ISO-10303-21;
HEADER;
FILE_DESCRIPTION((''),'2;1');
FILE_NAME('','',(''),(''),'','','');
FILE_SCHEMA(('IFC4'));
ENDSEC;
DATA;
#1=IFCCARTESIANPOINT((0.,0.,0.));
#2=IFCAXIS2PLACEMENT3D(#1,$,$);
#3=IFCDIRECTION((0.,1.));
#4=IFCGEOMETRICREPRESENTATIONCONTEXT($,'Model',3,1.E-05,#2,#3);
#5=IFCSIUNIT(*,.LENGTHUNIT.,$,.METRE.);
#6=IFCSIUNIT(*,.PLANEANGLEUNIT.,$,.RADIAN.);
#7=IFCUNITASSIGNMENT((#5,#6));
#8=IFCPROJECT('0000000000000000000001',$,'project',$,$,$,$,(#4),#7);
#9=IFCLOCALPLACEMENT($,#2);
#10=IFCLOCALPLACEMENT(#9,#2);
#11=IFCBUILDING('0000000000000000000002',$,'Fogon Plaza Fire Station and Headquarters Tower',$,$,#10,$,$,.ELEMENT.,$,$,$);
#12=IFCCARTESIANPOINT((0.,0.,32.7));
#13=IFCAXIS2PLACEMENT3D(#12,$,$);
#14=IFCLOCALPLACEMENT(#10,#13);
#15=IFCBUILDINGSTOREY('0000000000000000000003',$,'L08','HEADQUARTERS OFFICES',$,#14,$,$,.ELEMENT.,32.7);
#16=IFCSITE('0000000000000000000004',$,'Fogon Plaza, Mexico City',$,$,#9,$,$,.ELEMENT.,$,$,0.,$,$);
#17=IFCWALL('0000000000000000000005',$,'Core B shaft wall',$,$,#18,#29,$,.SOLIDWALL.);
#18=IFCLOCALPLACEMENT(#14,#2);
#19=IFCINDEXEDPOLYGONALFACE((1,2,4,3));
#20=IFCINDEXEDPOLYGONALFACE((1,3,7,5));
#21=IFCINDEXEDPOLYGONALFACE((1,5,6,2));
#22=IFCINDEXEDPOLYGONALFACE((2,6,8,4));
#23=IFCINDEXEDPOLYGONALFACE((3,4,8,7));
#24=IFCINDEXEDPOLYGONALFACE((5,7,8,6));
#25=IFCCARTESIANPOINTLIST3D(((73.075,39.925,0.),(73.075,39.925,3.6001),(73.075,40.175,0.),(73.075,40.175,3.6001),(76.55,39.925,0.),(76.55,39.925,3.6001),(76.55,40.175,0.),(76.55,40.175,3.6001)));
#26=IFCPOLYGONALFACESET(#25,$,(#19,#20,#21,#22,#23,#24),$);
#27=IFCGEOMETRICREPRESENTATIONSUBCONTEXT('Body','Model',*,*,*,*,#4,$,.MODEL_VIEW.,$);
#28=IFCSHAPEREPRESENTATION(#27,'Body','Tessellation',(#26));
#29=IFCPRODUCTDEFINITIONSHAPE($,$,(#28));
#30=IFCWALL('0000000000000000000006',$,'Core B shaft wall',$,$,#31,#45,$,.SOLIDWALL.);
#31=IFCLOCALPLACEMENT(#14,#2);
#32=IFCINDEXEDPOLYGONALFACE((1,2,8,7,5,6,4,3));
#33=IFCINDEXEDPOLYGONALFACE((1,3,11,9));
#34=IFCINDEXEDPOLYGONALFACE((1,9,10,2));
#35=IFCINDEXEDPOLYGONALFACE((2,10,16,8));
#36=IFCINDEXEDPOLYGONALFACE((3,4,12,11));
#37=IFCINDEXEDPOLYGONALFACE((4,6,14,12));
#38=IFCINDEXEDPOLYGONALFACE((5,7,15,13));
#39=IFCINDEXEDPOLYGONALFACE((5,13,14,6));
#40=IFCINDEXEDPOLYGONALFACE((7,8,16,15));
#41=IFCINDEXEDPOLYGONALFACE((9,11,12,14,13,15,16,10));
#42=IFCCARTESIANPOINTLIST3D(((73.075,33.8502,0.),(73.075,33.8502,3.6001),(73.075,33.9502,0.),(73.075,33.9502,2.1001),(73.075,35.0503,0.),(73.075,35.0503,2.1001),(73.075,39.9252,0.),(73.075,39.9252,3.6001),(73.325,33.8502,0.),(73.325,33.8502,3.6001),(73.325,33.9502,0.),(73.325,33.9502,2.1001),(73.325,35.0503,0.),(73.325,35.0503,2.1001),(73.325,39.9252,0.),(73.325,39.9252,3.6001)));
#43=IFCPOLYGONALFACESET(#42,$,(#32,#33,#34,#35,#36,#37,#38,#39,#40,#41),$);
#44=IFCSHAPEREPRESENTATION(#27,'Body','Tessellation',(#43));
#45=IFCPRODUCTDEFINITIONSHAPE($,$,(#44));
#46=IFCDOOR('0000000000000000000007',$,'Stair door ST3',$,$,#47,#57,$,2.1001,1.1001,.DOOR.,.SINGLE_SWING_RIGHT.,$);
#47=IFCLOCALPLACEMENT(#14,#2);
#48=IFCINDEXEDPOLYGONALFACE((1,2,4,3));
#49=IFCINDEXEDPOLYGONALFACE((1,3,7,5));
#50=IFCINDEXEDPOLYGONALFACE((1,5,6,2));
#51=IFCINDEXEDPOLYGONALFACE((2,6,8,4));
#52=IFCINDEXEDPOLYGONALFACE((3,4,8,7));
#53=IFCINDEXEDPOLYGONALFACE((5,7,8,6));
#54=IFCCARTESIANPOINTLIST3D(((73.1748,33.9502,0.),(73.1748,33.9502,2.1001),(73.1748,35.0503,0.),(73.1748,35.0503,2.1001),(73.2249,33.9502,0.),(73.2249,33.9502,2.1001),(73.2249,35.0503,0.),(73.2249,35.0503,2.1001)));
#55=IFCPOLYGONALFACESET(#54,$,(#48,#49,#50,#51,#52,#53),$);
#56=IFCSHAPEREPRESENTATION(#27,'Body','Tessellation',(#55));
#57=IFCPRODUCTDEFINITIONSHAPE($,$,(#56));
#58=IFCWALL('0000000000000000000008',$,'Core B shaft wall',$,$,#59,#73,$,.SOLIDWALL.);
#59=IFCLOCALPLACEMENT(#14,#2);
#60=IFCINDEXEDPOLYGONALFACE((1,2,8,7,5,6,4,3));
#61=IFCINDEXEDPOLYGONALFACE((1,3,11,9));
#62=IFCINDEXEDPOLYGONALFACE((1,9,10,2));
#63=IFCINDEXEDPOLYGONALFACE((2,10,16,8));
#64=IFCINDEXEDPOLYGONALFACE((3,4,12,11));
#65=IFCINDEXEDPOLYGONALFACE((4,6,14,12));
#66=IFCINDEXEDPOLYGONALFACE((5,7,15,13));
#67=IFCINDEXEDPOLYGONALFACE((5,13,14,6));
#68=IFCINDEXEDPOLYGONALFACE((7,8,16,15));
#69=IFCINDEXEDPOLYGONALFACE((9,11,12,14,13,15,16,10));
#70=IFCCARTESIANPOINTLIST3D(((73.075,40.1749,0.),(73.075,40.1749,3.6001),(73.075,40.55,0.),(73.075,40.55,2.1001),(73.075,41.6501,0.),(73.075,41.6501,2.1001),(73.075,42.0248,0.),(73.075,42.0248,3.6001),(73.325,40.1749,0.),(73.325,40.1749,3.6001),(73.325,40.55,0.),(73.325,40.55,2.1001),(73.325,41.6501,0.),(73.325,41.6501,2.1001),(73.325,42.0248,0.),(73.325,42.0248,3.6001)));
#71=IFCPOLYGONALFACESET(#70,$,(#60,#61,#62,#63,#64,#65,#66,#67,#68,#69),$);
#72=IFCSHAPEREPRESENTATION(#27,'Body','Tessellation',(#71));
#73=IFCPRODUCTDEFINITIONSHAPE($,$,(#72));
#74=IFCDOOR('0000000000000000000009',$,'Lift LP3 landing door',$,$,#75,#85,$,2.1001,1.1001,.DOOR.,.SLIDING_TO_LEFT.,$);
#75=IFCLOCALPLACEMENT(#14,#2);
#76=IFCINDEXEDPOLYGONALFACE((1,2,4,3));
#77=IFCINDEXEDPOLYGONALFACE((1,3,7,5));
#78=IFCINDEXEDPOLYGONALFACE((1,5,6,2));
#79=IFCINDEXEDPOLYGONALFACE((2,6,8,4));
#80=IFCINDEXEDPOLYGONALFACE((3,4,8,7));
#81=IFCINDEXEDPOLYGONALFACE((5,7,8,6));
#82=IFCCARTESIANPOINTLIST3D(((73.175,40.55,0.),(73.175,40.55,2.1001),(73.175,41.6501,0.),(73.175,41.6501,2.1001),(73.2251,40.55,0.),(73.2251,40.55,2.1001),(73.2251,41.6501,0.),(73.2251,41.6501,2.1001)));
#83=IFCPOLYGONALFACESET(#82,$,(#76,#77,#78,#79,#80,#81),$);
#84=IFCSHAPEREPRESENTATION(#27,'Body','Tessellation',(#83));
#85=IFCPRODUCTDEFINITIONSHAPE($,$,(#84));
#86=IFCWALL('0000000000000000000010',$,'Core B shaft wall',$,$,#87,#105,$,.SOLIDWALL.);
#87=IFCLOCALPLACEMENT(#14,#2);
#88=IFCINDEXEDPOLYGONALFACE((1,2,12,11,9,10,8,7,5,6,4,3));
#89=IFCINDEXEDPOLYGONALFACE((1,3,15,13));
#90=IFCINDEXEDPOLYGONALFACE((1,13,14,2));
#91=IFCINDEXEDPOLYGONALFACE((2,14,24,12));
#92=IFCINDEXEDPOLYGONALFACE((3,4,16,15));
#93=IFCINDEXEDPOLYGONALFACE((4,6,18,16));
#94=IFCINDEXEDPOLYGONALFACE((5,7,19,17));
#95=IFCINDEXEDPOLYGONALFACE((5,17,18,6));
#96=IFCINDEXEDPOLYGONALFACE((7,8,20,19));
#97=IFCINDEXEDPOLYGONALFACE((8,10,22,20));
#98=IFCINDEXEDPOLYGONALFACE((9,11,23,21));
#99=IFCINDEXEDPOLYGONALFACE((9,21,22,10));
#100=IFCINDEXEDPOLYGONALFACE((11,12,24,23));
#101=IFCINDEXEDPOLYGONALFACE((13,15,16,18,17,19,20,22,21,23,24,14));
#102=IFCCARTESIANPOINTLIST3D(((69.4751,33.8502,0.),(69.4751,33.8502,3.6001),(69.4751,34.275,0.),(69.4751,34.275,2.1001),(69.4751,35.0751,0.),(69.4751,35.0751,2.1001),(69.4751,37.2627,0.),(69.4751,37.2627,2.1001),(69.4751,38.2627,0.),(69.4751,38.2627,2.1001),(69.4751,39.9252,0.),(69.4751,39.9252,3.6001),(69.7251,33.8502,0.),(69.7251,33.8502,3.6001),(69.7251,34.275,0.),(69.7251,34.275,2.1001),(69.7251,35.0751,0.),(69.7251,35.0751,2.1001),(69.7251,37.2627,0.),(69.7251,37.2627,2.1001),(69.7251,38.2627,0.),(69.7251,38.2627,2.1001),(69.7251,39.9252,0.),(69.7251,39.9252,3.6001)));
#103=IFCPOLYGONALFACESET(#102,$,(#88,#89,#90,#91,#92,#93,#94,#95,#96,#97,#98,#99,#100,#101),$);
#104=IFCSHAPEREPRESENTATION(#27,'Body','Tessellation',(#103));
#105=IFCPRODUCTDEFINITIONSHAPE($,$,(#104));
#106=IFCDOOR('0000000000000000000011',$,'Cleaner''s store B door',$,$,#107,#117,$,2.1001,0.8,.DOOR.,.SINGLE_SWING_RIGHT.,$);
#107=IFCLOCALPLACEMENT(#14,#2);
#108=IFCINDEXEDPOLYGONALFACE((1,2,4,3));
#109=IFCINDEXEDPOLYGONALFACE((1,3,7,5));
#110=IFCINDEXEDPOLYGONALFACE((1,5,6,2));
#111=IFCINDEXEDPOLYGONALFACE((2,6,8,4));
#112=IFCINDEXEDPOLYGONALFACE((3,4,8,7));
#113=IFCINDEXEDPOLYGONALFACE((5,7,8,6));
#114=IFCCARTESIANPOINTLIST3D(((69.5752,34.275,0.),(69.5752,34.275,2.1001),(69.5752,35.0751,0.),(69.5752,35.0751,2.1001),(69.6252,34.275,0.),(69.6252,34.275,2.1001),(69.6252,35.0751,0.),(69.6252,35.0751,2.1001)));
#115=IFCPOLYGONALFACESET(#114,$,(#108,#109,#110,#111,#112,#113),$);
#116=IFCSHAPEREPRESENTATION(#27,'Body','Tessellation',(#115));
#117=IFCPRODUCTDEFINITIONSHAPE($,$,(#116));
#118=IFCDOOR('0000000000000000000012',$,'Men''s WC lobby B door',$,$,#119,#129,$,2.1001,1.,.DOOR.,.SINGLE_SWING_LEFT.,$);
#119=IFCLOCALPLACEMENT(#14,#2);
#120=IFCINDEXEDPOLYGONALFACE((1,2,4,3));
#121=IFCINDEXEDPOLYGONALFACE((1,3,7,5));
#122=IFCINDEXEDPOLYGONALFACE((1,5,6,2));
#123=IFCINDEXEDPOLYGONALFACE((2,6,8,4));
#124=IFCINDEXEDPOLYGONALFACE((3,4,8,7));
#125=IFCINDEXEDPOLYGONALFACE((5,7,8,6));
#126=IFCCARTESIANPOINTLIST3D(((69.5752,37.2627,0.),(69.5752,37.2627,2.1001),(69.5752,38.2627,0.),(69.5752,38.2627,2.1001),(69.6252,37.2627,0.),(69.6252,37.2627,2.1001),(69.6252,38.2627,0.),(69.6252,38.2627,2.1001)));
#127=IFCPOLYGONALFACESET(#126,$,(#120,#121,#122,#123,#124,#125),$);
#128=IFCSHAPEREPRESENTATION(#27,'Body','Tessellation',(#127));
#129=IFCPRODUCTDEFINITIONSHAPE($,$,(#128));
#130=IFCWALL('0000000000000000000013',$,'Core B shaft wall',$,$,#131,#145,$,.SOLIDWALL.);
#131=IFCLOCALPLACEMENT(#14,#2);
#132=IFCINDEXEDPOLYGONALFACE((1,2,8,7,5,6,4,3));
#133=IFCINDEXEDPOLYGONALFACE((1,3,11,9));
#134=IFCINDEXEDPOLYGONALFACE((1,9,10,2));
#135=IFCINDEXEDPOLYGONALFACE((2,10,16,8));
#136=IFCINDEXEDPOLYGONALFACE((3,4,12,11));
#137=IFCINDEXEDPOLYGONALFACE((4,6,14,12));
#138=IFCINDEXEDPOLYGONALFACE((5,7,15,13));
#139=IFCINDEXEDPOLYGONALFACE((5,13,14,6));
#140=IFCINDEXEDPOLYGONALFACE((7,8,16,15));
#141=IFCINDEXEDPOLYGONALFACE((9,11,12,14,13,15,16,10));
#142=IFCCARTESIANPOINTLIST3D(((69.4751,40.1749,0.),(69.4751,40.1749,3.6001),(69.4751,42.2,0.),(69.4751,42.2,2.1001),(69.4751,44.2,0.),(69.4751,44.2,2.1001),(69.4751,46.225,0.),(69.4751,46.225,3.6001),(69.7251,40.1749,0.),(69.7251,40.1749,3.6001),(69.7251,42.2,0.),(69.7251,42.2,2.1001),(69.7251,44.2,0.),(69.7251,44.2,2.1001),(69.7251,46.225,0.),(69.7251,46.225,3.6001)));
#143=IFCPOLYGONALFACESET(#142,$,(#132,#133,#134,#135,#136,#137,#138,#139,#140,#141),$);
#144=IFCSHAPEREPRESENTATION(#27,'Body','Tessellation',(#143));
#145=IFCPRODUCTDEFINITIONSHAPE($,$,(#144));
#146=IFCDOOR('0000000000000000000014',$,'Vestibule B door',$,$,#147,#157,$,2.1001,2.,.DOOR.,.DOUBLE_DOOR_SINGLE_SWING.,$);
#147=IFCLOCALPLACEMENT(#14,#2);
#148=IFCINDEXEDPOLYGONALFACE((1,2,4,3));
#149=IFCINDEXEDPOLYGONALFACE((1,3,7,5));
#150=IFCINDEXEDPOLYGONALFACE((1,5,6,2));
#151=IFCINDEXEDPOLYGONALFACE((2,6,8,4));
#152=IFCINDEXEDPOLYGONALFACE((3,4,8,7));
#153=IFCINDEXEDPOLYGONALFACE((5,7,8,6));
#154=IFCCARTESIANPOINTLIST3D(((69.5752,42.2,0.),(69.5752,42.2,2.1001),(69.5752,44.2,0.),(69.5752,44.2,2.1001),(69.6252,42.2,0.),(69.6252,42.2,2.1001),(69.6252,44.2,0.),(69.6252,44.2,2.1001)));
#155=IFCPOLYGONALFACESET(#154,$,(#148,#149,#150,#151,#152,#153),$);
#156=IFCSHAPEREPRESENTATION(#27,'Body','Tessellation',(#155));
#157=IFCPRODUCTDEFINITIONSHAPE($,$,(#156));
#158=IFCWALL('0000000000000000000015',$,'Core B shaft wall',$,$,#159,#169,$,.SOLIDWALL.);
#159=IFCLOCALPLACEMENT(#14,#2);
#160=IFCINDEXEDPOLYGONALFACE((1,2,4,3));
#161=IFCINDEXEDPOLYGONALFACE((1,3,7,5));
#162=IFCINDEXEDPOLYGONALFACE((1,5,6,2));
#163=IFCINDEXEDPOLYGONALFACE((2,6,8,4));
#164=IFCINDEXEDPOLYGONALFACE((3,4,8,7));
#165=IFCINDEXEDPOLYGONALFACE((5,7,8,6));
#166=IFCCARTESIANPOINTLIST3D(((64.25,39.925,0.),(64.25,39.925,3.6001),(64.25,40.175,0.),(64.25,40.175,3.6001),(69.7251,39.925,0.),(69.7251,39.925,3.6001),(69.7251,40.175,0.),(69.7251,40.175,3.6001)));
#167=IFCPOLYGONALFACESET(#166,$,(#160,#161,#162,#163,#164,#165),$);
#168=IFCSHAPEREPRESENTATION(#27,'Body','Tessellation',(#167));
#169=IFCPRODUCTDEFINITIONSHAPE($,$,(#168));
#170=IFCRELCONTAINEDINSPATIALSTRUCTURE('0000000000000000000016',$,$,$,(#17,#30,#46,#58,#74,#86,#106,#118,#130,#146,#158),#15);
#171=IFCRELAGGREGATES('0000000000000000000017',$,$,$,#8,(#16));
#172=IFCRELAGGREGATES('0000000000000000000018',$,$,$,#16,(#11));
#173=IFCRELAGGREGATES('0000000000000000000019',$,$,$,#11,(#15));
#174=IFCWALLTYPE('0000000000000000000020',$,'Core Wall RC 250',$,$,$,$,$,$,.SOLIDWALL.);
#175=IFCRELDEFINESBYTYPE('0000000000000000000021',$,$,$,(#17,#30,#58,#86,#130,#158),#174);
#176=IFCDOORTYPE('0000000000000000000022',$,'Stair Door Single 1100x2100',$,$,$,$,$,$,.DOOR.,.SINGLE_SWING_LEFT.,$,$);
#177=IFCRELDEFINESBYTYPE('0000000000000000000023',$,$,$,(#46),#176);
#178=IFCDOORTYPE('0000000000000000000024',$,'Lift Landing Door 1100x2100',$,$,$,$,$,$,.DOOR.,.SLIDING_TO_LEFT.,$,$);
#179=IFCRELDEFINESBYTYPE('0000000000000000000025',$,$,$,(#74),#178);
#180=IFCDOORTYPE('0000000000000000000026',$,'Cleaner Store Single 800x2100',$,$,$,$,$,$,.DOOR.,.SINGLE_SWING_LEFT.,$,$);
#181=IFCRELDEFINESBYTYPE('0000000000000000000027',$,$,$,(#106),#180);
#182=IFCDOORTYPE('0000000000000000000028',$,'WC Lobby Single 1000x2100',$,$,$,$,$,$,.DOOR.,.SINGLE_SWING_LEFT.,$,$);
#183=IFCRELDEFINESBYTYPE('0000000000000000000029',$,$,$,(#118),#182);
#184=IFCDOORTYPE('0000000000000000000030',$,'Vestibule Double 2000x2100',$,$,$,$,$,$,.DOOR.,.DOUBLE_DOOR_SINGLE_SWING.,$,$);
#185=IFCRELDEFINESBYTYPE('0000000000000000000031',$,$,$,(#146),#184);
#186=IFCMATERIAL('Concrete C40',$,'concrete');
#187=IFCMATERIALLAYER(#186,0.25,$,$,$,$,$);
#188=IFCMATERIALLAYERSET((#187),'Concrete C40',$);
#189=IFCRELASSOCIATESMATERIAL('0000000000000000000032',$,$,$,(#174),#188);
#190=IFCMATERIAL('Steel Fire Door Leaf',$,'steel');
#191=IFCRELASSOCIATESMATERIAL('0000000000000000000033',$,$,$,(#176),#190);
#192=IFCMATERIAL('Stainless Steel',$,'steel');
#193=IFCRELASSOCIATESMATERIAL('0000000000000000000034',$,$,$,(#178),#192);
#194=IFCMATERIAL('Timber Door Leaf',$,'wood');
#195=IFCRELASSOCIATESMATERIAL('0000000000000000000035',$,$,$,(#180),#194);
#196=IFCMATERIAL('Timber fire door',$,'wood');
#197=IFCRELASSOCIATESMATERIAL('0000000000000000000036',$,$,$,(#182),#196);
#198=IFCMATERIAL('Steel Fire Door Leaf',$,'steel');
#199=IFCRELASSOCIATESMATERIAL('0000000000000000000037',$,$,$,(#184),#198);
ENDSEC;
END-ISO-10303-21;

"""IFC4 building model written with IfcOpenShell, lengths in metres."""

from ifc_helpers import new_model, si_unit, direction, frame, frame_2d, origin, place, context, subcontext, project, spatial, rectangle, extrude, material, layer, layer_set, type_object, element, fill, save


model = new_model("IFC4")

# Units and contexts
model_context = context("Model", 3, precision=1e-05, world=origin(), true_north=direction((0.0, 1.0)))
body_context = subcontext(model_context, "Body", "Model", "MODEL_VIEW")
ifc_project = project(units=[si_unit("LENGTHUNIT", "METRE"), si_unit("PLANEANGLEUNIT", "RADIAN")], contexts=[model_context])

# Site, building, storey
site_placement = place(None, origin())
site = spatial("IfcSite", under=ifc_project, at=site_placement, Name="Fogon Plaza, Mexico City", CompositionType="ELEMENT", RefElevation=0.0)
building_placement = place(site_placement, origin())
building = spatial("IfcBuilding", under=site, at=building_placement, Name="Fogon Plaza Fire Station and Headquarters Tower", CompositionType="ELEMENT")
storey_placement = place(building_placement, frame((0.0, 0.0, 32.7)))
storey = spatial("IfcBuildingStorey", under=building, at=storey_placement, Name="L08", Description="HEADQUARTERS OFFICES", CompositionType="ELEMENT", Elevation=32.7)

# Wall
ifc_material_1 = material(Name="Concrete C40", Category="concrete")
ifc_layer_1 = layer(ifc_material_1, 0.25)
ifc_layer_set_1 = layer_set([ifc_layer_1], Name="Concrete C40")
wall_type_1 = type_object("IfcWallType", Name="Core Wall RC 250", PredefinedType="SOLIDWALL", material=ifc_layer_set_1)
wall_1_placement = place(storey_placement, frame((76.55, 40.05, 0.0), z_axis=(0.0, 0.0, 1.0), x_axis=(-1.0, 0.0, 0.0)))
element("IfcWall", 1, at=wall_1_placement, inside=storey, type_object=wall_type_1, Name="Core B shaft wall", PredefinedType="SOLIDWALL", context=body_context, shape_type="SweptSolid", body=[
    extrude(rectangle(XDim=3.4751, YDim=0.25, at=frame_2d((1.7375, 0.0))), origin(), (0.0, 0.0, 1.0), 3.6001),
])

# Walls, openings, doors
wall_2_placement = place(storey_placement, frame((73.2, 33.8501, 0.0), z_axis=(0.0, 0.0, 1.0), x_axis=(0.0, 1.0, 0.0)))
wall_2 = element("IfcWall", 2, at=wall_2_placement, inside=storey, type_object=wall_type_1, Name="Core B shaft wall", PredefinedType="SOLIDWALL", context=body_context, shape_type="SweptSolid", body=[
    extrude(rectangle(XDim=6.075, YDim=0.25, at=frame_2d((3.0376, 0.0))), origin(), (0.0, 0.0, 1.0), 3.6001),
])
opening_1_placement = place(wall_2_placement, frame((0.1001, 0.0, 0.0)))
opening_1 = element("IfcOpeningElement", 3, at=opening_1_placement, cuts=wall_2, PredefinedType="OPENING", context=body_context, shape_type="SweptSolid", body=[
    extrude(rectangle(XDim=1.1001, YDim=2.1001, at=frame_2d((0.55, 1.05))), frame((0.0, 0.135, 0.0), z_axis=(0.0, -1.0, 0.0), x_axis=(1.0, 0.0, 0.0)), (0.0, 0.0, 1.0), 0.27),
])
ifc_material_2 = material(Name="Steel Fire Door Leaf", Category="steel")
door_type_1 = type_object("IfcDoorType", Name="Stair Door Single 1100x2100", OperationType="SINGLE_SWING_LEFT", PredefinedType="DOOR", material=ifc_material_2)
door_1_placement = place(opening_1_placement, frame((1.1001, 0.0, 0.0), z_axis=(0.0, 0.0, 1.0), x_axis=(-1.0, 0.0, 0.0)))
door_1 = element("IfcDoor", 4, at=door_1_placement, inside=storey, type_object=door_type_1, Name="Stair door ST3", OperationType="SINGLE_SWING_RIGHT", OverallHeight=2.1001, OverallWidth=1.1001, PredefinedType="DOOR", context=body_context, shape_type="SweptSolid", body=[
    extrude(rectangle(XDim=1.1001, YDim=2.1001, at=frame_2d((0.55, 1.05))), frame((0.0, 0.0249, 0.0), z_axis=(0.0, -1.0, 0.0), x_axis=(1.0, 0.0, 0.0)), (0.0, 0.0, 1.0), 0.05),
])
fill(opening_1, door_1)
wall_3_placement = place(storey_placement, frame((73.2, 40.175, 0.0), z_axis=(0.0, 0.0, 1.0), x_axis=(0.0, 1.0, 0.0)))
wall_3 = element("IfcWall", 5, at=wall_3_placement, inside=storey, type_object=wall_type_1, Name="Core B shaft wall", PredefinedType="SOLIDWALL", context=body_context, shape_type="SweptSolid", body=[
    extrude(rectangle(XDim=1.8499, YDim=0.25, at=frame_2d((0.9248, 0.0))), origin(), (0.0, 0.0, 1.0), 3.6001),
])
opening_2_placement = place(wall_3_placement, frame((0.375, 0.0, 0.0)))
opening_2 = element("IfcOpeningElement", 6, at=opening_2_placement, cuts=wall_3, PredefinedType="OPENING", context=body_context, shape_type="SweptSolid", body=[
    extrude(rectangle(XDim=1.1001, YDim=2.1001, at=frame_2d((0.55, 1.05))), frame((0.0, 0.135, 0.0), z_axis=(0.0, -1.0, 0.0), x_axis=(1.0, 0.0, 0.0)), (0.0, 0.0, 1.0), 0.27),
])
ifc_material_3 = material(Name="Stainless Steel", Category="steel")
door_type_2 = type_object("IfcDoorType", Name="Lift Landing Door 1100x2100", OperationType="SLIDING_TO_LEFT", PredefinedType="DOOR", material=ifc_material_3)
door_2_placement = place(opening_2_placement, origin())
door_2 = element("IfcDoor", 7, at=door_2_placement, inside=storey, type_object=door_type_2, Name="Lift LP3 landing door", OperationType="SLIDING_TO_LEFT", OverallHeight=2.1001, OverallWidth=1.1001, PredefinedType="DOOR", context=body_context, shape_type="SweptSolid", body=[
    extrude(rectangle(XDim=1.1001, YDim=2.1001, at=frame_2d((0.55, 1.05))), frame((0.0, 0.0249, 0.0), z_axis=(0.0, -1.0, 0.0), x_axis=(1.0, 0.0, 0.0)), (0.0, 0.0, 1.0), 0.05),
])
fill(opening_2, door_2)

# Wall, openings, doors
wall_4_placement = place(storey_placement, frame((69.6001, 33.8501, 0.0), z_axis=(0.0, 0.0, 1.0), x_axis=(0.0, 1.0, 0.0)))
wall_4 = element("IfcWall", 8, at=wall_4_placement, inside=storey, type_object=wall_type_1, Name="Core B shaft wall", PredefinedType="SOLIDWALL", context=body_context, shape_type="SweptSolid", body=[
    extrude(rectangle(XDim=6.075, YDim=0.25, at=frame_2d((3.0376, 0.0))), origin(), (0.0, 0.0, 1.0), 3.6001),
])
opening_3_placement = place(wall_4_placement, frame((0.425, 0.0, 0.0)))
opening_3 = element("IfcOpeningElement", 9, at=opening_3_placement, cuts=wall_4, PredefinedType="OPENING", context=body_context, shape_type="SweptSolid", body=[
    extrude(rectangle(XDim=0.8, YDim=2.1001, at=frame_2d((0.3999, 1.05))), frame((0.0, 0.135, 0.0), z_axis=(0.0, -1.0, 0.0), x_axis=(1.0, 0.0, 0.0)), (0.0, 0.0, 1.0), 0.27),
])
opening_4_placement = place(wall_4_placement, frame((3.4126, 0.0, 0.0)))
opening_4 = element("IfcOpeningElement", 10, at=opening_4_placement, cuts=wall_4, PredefinedType="OPENING", context=body_context, shape_type="SweptSolid", body=[
    extrude(rectangle(XDim=1.0, YDim=2.1001, at=frame_2d((0.5, 1.05))), frame((0.0, 0.135, 0.0), z_axis=(0.0, -1.0, 0.0), x_axis=(1.0, 0.0, 0.0)), (0.0, 0.0, 1.0), 0.27),
])
ifc_material_4 = material(Name="Timber Door Leaf", Category="wood")
door_type_3 = type_object("IfcDoorType", Name="Cleaner Store Single 800x2100", OperationType="SINGLE_SWING_LEFT", PredefinedType="DOOR", material=ifc_material_4)
door_3_placement = place(opening_3_placement, origin())
door_3 = element("IfcDoor", 11, at=door_3_placement, inside=storey, type_object=door_type_3, Name="Cleaner's store B door", OperationType="SINGLE_SWING_RIGHT", OverallHeight=2.1001, OverallWidth=0.8, PredefinedType="DOOR", context=body_context, shape_type="SweptSolid", body=[
    extrude(rectangle(XDim=0.8, YDim=2.1001, at=frame_2d((0.3999, 1.05))), frame((0.0, 0.0249, 0.0), z_axis=(0.0, -1.0, 0.0), x_axis=(1.0, 0.0, 0.0)), (0.0, 0.0, 1.0), 0.05),
])
fill(opening_3, door_3)
ifc_material_5 = material(Name="Timber fire door", Category="wood")
door_type_4 = type_object("IfcDoorType", Name="WC Lobby Single 1000x2100", OperationType="SINGLE_SWING_LEFT", PredefinedType="DOOR", material=ifc_material_5)
door_4_placement = place(opening_4_placement, origin())
door_4 = element("IfcDoor", 12, at=door_4_placement, inside=storey, type_object=door_type_4, Name="Men's WC lobby B door", OperationType="SINGLE_SWING_LEFT", OverallHeight=2.1001, OverallWidth=1.0, PredefinedType="DOOR", context=body_context, shape_type="SweptSolid", body=[
    extrude(rectangle(XDim=1.0, YDim=2.1001, at=frame_2d((0.5, 1.05))), frame((0.0, 0.0249, 0.0), z_axis=(0.0, -1.0, 0.0), x_axis=(1.0, 0.0, 0.0)), (0.0, 0.0, 1.0), 0.05),
])
fill(opening_4, door_4)

# Wall, opening, door
wall_5_placement = place(storey_placement, frame((69.6001, 40.175, 0.0), z_axis=(0.0, 0.0, 1.0), x_axis=(0.0, 1.0, 0.0)))
wall_5 = element("IfcWall", 13, at=wall_5_placement, inside=storey, type_object=wall_type_1, Name="Core B shaft wall", PredefinedType="SOLIDWALL", context=body_context, shape_type="SweptSolid", body=[
    extrude(rectangle(XDim=6.05, YDim=0.25, at=frame_2d((3.0249, 0.0))), origin(), (0.0, 0.0, 1.0), 3.6001),
])
opening_5_placement = place(wall_5_placement, frame((2.0249, 0.0, 0.0)))
opening_5 = element("IfcOpeningElement", 14, at=opening_5_placement, cuts=wall_5, PredefinedType="OPENING", context=body_context, shape_type="SweptSolid", body=[
    extrude(rectangle(XDim=2.0, YDim=2.1001, at=frame_2d((1.0, 1.05))), frame((0.0, 0.135, 0.0), z_axis=(0.0, -1.0, 0.0), x_axis=(1.0, 0.0, 0.0)), (0.0, 0.0, 1.0), 0.27),
])
ifc_material_6 = material(Name="Steel Fire Door Leaf", Category="steel")
door_type_5 = type_object("IfcDoorType", Name="Vestibule Double 2000x2100", OperationType="DOUBLE_DOOR_SINGLE_SWING", PredefinedType="DOOR", material=ifc_material_6)
door_5_placement = place(opening_5_placement, origin())
door_5 = element("IfcDoor", 15, at=door_5_placement, inside=storey, type_object=door_type_5, Name="Vestibule B door", OperationType="DOUBLE_DOOR_SINGLE_SWING", OverallHeight=2.1001, OverallWidth=2.0, PredefinedType="DOOR", context=body_context, shape_type="SweptSolid", body=[
    extrude(rectangle(XDim=2.0, YDim=2.1001, at=frame_2d((1.0, 1.05))), frame((0.0, 0.0249, 0.0), z_axis=(0.0, -1.0, 0.0), x_axis=(1.0, 0.0, 0.0)), (0.0, 0.0, 1.0), 0.05),
])
fill(opening_5, door_5)

# Wall
wall_6_placement = place(storey_placement, frame((69.7251, 40.05, 0.0), z_axis=(0.0, 0.0, 1.0), x_axis=(-1.0, 0.0, 0.0)))
element("IfcWall", 16, at=wall_6_placement, inside=storey, type_object=wall_type_1, Name="Core B shaft wall", PredefinedType="SOLIDWALL", context=body_context, shape_type="SweptSolid", body=[
    extrude(rectangle(XDim=5.4751, YDim=0.25, at=frame_2d((2.7375, 0.0))), origin(), (0.0, 0.0, 1.0), 3.6001),
])

save(model, "model.ifc")
